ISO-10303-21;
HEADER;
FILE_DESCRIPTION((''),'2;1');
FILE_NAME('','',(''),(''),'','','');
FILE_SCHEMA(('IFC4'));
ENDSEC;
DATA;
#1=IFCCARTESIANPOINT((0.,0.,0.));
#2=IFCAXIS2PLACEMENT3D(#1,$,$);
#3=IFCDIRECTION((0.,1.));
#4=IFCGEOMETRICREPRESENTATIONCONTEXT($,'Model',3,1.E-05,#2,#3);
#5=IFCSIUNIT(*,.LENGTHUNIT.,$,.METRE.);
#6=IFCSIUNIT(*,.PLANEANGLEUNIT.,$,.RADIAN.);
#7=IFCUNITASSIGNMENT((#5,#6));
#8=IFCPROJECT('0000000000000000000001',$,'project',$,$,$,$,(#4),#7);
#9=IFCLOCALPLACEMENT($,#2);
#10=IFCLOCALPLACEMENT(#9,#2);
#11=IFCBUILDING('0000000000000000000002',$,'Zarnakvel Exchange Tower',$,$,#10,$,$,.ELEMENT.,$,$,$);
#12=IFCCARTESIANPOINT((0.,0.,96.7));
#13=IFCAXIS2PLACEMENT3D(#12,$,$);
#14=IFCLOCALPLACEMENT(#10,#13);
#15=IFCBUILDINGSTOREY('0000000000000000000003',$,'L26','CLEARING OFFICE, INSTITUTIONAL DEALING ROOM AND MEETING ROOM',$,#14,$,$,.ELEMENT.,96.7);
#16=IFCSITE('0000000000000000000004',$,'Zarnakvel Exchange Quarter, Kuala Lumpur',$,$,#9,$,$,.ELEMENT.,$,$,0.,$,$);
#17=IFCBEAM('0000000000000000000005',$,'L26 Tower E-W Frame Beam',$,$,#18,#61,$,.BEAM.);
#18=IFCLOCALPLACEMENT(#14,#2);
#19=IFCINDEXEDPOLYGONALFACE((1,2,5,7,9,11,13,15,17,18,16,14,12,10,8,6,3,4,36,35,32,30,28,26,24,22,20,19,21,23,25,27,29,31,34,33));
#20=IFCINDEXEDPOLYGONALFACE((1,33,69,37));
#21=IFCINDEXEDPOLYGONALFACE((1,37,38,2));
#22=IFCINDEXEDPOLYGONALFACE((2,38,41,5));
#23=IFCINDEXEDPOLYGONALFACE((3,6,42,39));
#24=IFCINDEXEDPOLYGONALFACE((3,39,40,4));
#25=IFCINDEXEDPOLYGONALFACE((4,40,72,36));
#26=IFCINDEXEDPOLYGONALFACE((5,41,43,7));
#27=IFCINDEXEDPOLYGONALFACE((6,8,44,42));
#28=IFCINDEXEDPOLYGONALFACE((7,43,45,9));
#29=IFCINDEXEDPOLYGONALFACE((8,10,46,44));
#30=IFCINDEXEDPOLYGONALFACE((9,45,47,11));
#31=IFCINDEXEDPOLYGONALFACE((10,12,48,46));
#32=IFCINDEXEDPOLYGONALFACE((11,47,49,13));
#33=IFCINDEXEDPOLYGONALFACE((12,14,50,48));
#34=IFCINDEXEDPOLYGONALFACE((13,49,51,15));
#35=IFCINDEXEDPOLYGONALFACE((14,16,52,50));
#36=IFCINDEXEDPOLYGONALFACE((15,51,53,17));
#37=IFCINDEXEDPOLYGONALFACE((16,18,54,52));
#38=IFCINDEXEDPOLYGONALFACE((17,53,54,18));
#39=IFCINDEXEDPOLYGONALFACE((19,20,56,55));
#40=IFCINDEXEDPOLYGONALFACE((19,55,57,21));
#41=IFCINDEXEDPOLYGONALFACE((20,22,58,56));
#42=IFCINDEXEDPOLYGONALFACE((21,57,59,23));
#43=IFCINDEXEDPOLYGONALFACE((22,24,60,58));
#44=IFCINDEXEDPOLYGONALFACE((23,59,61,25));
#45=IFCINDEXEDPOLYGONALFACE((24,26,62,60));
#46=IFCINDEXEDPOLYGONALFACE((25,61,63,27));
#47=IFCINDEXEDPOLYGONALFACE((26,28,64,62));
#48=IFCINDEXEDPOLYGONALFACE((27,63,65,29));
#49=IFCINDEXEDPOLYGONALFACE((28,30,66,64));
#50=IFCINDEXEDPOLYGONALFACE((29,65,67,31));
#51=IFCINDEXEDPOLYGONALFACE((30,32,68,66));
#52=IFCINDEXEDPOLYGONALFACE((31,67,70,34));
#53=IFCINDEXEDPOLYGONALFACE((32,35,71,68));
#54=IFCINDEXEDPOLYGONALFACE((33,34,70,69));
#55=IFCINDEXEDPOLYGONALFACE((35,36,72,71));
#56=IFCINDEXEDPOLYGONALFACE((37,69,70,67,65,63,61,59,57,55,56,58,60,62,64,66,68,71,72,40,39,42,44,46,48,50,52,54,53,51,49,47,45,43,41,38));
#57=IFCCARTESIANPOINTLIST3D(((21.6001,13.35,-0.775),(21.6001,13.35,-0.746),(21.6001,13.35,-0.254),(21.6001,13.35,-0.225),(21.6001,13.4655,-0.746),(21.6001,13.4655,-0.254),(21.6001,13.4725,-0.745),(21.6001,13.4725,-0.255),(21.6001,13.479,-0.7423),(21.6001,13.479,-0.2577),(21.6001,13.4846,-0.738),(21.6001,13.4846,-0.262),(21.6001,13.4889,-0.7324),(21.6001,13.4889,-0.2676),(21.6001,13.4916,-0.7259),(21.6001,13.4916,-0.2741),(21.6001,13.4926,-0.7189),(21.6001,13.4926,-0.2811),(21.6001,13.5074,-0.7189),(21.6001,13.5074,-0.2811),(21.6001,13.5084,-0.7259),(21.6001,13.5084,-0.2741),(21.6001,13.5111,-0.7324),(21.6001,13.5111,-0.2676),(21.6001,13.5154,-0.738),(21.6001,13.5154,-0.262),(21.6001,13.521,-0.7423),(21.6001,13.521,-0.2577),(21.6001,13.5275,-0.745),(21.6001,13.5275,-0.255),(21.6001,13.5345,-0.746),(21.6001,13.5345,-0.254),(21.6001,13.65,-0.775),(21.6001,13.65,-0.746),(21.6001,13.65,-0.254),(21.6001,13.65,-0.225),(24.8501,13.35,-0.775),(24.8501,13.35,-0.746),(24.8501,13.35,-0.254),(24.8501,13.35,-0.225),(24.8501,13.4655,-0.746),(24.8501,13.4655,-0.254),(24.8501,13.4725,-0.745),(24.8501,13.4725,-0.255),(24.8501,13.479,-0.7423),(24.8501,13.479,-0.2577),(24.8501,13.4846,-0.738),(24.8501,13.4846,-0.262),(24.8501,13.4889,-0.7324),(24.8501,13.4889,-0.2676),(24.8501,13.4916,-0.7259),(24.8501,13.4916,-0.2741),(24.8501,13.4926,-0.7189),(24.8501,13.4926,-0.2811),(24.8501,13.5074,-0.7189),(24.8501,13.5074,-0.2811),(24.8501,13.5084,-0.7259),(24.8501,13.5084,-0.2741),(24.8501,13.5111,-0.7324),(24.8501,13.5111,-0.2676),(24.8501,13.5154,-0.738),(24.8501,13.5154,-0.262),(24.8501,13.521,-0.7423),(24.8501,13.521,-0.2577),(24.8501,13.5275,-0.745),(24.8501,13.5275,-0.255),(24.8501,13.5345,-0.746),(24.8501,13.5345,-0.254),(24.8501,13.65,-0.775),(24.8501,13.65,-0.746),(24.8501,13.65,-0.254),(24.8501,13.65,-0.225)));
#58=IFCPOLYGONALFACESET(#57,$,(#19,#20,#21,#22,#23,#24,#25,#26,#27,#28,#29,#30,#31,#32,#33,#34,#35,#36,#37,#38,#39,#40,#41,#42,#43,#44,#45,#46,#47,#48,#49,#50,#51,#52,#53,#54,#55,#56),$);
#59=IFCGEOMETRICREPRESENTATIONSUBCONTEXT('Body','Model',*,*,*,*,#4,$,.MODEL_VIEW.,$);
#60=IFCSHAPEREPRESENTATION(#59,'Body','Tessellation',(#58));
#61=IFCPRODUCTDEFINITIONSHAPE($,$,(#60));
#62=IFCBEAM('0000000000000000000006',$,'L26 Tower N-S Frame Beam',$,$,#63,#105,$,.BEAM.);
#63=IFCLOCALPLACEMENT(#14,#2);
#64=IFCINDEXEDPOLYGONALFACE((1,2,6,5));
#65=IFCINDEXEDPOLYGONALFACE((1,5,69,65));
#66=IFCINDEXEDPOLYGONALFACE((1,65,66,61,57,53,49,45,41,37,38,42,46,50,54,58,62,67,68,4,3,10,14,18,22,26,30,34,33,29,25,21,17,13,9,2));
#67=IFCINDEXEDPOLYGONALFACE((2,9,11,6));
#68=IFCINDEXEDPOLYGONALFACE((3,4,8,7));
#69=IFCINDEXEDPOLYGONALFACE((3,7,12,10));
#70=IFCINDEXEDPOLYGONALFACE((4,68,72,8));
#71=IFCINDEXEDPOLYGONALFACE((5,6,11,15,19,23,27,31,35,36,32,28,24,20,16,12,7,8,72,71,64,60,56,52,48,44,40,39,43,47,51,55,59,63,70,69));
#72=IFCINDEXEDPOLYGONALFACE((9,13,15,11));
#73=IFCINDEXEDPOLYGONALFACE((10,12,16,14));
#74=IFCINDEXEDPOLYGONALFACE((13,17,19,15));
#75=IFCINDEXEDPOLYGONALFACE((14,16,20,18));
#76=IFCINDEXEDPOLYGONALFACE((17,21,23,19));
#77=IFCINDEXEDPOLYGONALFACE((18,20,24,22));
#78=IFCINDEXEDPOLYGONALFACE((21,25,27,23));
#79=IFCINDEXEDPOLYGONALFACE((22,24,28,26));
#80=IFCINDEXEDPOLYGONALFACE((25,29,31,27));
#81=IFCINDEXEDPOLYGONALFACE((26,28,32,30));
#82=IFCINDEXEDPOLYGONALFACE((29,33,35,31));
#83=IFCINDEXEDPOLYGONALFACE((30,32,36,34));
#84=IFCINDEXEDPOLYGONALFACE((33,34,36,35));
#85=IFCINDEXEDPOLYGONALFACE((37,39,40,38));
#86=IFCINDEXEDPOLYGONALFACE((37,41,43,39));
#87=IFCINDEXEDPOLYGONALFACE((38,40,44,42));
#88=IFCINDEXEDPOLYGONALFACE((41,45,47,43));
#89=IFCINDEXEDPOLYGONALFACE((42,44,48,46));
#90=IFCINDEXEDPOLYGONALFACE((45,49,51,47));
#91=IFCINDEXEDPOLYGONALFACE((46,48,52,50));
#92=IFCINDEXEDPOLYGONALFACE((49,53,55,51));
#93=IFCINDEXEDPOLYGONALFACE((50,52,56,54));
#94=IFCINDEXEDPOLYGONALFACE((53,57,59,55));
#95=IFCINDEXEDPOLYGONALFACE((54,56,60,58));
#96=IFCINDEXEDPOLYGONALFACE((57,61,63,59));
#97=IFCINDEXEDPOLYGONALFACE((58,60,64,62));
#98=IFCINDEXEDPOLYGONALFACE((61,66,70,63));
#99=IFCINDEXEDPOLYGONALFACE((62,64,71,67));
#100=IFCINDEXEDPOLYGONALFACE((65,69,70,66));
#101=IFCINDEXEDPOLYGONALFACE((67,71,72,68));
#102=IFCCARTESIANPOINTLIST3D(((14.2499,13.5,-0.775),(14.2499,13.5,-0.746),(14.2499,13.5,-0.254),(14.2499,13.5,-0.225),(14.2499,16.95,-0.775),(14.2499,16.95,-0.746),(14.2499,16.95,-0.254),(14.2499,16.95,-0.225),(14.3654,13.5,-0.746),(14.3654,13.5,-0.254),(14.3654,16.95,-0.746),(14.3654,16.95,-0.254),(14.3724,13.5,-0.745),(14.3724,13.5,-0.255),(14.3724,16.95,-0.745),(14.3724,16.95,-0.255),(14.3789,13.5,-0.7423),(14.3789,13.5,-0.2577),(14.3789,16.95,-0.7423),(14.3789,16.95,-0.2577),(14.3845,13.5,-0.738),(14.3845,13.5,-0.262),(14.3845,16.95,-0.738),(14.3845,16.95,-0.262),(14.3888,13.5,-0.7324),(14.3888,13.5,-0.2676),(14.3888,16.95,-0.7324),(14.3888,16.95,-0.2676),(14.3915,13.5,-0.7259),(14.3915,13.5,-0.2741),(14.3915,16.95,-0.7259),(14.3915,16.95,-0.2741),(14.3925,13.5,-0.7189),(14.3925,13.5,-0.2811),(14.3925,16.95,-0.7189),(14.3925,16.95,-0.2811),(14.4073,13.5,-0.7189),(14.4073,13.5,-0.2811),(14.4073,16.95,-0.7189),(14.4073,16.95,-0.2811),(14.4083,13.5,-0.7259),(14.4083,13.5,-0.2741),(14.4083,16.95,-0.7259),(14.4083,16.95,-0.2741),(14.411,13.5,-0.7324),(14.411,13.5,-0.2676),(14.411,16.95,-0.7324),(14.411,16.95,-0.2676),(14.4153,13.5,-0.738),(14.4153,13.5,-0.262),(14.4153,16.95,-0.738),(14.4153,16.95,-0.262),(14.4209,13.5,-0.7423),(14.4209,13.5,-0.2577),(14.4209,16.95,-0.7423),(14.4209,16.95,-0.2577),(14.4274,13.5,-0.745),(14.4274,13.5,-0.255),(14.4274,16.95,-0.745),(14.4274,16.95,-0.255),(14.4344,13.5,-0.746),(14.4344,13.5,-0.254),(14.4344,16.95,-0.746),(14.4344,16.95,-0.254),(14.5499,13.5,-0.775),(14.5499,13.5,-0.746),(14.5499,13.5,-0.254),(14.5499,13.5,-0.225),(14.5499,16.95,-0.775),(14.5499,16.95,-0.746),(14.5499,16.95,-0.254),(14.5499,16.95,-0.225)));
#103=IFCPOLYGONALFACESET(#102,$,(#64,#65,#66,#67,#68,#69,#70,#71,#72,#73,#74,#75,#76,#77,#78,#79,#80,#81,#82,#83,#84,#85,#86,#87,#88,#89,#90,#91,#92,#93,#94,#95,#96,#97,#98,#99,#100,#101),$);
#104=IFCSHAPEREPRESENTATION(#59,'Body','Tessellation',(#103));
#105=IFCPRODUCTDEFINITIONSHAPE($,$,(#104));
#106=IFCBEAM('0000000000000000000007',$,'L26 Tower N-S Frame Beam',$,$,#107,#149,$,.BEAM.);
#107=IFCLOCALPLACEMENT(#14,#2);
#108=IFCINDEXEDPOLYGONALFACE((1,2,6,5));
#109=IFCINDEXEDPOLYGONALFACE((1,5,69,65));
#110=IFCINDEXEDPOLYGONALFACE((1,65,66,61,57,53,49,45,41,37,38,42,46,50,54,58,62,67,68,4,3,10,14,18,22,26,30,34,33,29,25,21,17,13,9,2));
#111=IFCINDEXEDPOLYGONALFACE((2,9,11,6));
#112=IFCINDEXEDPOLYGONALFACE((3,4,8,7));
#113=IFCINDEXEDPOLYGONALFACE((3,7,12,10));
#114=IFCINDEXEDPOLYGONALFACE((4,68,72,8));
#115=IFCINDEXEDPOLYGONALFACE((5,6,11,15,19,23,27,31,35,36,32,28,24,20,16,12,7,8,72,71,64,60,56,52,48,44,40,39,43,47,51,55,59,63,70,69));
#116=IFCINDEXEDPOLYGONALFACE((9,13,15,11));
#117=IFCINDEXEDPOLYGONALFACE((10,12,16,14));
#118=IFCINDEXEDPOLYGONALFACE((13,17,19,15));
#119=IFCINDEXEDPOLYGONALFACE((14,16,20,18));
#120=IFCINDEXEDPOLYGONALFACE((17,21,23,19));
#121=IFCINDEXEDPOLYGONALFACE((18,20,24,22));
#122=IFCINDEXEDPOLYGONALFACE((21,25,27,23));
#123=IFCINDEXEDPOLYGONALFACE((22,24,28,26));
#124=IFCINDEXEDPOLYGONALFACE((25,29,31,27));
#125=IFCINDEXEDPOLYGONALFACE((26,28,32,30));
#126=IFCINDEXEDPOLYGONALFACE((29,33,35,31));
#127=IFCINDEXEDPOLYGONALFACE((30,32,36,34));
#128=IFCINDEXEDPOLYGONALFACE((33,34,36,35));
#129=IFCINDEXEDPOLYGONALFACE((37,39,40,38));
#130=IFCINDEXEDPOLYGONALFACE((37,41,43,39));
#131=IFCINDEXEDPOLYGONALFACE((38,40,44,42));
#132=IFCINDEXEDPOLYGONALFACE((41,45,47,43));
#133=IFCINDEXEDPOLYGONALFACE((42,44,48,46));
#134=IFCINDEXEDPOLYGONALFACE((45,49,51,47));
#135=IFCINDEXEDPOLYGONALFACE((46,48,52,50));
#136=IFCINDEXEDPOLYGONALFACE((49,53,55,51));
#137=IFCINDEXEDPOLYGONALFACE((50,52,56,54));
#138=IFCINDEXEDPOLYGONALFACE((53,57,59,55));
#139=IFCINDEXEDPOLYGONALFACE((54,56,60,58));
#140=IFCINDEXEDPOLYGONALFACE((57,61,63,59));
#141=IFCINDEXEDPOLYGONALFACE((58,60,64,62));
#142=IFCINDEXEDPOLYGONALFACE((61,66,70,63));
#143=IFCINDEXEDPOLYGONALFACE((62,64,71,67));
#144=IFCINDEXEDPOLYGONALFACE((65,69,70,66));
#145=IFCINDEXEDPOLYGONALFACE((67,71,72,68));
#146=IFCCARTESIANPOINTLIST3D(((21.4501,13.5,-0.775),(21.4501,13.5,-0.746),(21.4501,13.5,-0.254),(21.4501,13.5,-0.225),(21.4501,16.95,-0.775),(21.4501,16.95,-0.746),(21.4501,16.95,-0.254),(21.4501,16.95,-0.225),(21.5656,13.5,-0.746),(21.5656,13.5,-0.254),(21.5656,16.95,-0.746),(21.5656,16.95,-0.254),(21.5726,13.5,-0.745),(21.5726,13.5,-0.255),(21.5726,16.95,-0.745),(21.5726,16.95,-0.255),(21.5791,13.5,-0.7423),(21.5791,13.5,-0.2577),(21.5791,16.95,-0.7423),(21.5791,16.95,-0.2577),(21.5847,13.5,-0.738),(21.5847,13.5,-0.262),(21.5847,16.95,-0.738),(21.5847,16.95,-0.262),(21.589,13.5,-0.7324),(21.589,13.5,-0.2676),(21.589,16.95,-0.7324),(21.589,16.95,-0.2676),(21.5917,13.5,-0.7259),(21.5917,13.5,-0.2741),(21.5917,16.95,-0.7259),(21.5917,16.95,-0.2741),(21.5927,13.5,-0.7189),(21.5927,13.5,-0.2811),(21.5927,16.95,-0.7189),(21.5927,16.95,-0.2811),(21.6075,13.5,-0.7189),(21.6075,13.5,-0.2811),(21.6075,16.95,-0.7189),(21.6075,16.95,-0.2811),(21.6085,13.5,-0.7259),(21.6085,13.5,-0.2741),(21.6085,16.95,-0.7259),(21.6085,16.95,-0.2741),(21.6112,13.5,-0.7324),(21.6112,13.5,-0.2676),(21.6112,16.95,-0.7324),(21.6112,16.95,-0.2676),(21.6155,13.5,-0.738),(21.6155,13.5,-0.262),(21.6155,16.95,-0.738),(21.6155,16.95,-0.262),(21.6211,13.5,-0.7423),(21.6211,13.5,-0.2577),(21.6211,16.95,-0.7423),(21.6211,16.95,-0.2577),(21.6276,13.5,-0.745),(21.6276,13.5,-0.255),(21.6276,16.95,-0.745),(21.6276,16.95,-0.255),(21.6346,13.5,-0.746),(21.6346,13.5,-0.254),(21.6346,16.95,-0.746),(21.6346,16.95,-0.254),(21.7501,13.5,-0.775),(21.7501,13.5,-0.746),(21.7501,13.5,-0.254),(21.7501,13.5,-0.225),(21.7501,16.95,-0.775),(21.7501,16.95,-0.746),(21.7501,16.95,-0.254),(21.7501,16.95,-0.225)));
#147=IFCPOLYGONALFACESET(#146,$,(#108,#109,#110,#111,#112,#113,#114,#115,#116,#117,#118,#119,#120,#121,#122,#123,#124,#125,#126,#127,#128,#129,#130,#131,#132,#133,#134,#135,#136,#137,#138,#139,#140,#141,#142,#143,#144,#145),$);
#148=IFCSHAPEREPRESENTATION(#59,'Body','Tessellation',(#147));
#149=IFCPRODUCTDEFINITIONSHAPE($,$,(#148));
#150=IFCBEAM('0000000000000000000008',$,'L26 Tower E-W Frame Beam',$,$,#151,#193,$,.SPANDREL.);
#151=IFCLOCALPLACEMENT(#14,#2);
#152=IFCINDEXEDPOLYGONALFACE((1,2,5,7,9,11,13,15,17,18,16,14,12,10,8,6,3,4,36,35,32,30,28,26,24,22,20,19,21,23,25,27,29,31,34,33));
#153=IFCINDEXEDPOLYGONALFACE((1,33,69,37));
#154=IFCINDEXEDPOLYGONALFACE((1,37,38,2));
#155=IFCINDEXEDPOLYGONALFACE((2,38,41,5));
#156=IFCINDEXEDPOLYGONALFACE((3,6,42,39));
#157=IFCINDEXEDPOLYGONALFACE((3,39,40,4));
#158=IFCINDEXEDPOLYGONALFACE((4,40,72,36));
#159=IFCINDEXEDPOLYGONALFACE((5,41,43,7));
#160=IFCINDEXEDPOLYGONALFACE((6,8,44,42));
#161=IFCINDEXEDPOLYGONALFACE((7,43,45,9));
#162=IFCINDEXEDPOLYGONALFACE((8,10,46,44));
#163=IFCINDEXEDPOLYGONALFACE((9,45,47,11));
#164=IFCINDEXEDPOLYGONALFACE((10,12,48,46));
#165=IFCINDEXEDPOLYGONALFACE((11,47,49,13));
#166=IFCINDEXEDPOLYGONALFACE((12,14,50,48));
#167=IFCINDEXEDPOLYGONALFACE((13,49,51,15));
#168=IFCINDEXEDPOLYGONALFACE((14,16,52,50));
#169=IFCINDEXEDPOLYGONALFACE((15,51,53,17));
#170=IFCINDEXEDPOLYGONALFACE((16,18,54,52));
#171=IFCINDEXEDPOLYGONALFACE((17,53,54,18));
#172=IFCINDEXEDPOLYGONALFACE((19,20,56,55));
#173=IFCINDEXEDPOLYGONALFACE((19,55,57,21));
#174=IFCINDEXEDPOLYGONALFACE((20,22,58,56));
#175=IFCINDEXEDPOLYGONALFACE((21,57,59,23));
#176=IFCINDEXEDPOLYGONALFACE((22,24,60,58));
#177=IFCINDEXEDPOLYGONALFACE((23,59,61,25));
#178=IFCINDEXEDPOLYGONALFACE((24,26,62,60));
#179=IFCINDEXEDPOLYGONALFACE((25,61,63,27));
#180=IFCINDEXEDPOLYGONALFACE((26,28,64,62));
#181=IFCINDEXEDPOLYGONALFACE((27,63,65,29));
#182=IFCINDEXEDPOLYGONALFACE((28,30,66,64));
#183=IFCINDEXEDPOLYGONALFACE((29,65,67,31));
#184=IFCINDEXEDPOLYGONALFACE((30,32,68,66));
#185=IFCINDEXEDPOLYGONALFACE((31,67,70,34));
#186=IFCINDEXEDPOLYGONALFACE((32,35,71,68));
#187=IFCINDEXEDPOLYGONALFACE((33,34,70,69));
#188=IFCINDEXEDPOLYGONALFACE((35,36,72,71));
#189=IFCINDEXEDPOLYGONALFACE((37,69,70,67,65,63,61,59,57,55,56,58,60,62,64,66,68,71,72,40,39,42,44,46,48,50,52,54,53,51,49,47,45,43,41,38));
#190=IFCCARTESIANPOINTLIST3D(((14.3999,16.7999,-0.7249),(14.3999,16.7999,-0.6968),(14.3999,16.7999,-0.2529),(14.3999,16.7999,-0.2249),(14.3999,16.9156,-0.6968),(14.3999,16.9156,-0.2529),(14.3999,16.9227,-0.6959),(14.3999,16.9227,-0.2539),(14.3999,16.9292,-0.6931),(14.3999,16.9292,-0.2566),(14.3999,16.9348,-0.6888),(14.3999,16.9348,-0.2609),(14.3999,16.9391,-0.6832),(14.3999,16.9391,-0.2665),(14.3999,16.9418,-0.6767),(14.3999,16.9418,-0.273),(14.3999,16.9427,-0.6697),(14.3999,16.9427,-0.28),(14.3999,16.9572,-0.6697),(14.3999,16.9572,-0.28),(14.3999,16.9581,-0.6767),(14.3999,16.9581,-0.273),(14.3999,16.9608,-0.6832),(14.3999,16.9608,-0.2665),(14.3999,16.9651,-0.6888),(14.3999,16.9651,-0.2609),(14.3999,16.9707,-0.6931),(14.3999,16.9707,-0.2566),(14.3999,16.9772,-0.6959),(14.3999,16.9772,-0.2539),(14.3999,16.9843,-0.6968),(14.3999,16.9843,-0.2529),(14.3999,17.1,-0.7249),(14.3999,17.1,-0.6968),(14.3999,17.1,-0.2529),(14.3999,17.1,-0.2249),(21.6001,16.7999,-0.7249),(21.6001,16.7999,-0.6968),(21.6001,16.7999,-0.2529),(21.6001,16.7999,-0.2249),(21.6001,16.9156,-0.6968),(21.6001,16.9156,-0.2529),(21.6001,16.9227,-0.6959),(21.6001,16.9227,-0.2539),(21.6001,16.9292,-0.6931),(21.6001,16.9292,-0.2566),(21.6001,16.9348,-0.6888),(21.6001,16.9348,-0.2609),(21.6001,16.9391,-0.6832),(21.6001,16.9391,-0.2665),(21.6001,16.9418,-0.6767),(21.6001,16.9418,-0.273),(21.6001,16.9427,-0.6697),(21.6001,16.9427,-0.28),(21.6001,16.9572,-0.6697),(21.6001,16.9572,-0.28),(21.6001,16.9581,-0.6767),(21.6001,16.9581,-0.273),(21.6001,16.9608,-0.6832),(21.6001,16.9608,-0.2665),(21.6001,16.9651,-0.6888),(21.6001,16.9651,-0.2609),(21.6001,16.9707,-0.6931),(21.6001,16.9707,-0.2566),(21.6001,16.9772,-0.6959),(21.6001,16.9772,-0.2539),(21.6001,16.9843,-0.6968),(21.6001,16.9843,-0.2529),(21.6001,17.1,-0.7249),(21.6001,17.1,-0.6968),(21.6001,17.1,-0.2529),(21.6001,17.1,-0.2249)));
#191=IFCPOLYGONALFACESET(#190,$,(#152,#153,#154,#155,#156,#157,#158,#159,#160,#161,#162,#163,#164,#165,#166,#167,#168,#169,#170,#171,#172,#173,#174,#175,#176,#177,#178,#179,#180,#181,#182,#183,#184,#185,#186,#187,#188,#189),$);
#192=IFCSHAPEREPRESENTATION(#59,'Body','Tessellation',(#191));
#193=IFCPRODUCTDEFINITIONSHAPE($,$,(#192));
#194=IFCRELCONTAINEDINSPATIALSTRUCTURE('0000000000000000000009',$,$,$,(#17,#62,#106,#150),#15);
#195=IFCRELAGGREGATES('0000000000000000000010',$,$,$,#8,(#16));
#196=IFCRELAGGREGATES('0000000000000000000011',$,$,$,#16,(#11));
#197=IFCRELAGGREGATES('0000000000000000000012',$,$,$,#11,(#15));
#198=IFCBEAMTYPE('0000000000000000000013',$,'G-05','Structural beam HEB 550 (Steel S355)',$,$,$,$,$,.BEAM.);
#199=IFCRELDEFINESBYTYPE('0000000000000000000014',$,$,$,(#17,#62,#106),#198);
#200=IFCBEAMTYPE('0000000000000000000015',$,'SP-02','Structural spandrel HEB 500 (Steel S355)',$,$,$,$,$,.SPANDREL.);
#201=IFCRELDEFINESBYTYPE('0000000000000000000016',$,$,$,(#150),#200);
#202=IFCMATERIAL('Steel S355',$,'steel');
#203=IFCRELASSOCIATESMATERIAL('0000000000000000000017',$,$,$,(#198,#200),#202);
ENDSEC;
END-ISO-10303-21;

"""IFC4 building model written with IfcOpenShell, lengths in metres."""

from ifc_helpers import new_model, si_unit, direction, frame, origin, origin_2d, place, context, subcontext, project, spatial, i_section, extrude, material, material_profile, profile_set, type_object, element, save


model = new_model("IFC4")

# Units and contexts
model_context = context("Model", 3, precision=1e-05, world=origin(), true_north=direction((0.0, 1.0)))
body_context = subcontext(model_context, "Body", "Model", "MODEL_VIEW")
ifc_project = project(units=[si_unit("LENGTHUNIT", "METRE"), si_unit("PLANEANGLEUNIT", "RADIAN")], contexts=[model_context])

# Site, building, storey
site_placement = place(None, origin())
site = spatial("IfcSite", under=ifc_project, at=site_placement, Name="Zarnakvel Exchange Quarter, Kuala Lumpur", CompositionType="ELEMENT", RefElevation=0.0)
building_placement = place(site_placement, origin())
building = spatial("IfcBuilding", under=site, at=building_placement, Name="Zarnakvel Exchange Tower", CompositionType="ELEMENT")
storey_placement = place(building_placement, frame((0.0, 0.0, 96.7)))
storey = spatial("IfcBuildingStorey", under=building, at=storey_placement, Name="L26", Description="CLEARING OFFICE, INSTITUTIONAL DEALING ROOM AND MEETING ROOM", CompositionType="ELEMENT", Elevation=96.7)

# Shared definitions
ifc_material_1 = material(Name="Steel S355", Category="steel")

# Beams
ifc_material_profile_1 = material_profile(ifc_material_1, i_section(OverallWidth=0.3, OverallDepth=0.55, WebThickness=0.0149, FlangeThickness=0.0291, FilletRadius=0.0271, at=origin_2d()))
ifc_profile_set_1 = profile_set([ifc_material_profile_1], Name="Steel S355")
beam_type_1 = type_object("IfcBeamType", Name="G-05", Description="Structural beam HEB 550 (Steel S355)", PredefinedType="BEAM", material=ifc_profile_set_1)
beam_1_placement = place(storey_placement, frame((21.6001, 13.5, -0.5), z_axis=(1.0, 0.0, 0.0), x_axis=(0.0, 1.0, 0.0)))
element("IfcBeam", 1, at=beam_1_placement, inside=storey, type_object=beam_type_1, Name="L26 Tower E-W Frame Beam", PredefinedType="BEAM", context=body_context, shape_type="SweptSolid", body=[
    extrude(i_section(OverallWidth=0.3, OverallDepth=0.55, WebThickness=0.0149, FlangeThickness=0.0291, FilletRadius=0.0271, at=origin_2d()), origin(), (0.0, 0.0, 1.0), 3.25),
])
for number, where, z_axis, x_axis, name in (
    (2, (14.3999, 13.5, -0.5), (0.0, 1.0, 0.0), (-1.0, 0.0, 0.0), "L26 Tower N-S Frame Beam"),
    (3, (21.6001, 13.5, -0.5), (0.0, 1.0, 0.0), (-1.0, 0.0, 0.0), "L26 Tower N-S Frame Beam"),
):
    element("IfcBeam", number, at=place(storey_placement, frame(where, z_axis=z_axis, x_axis=x_axis)), inside=storey, type_object=beam_type_1, Name=name, PredefinedType="BEAM", context=body_context, shape_type="SweptSolid", body=[
        extrude(i_section(OverallWidth=0.3, OverallDepth=0.55, WebThickness=0.0149, FlangeThickness=0.0291, FilletRadius=0.0271, at=origin_2d()), origin(), (0.0, 0.0, 1.0), 3.45),
    ])
ifc_material_profile_2 = material_profile(ifc_material_1, i_section(OverallWidth=0.3, OverallDepth=0.5, WebThickness=0.0144, FlangeThickness=0.0281, FilletRadius=0.0271, at=origin_2d()))
ifc_profile_set_2 = profile_set([ifc_material_profile_2], Name="Steel S355")
beam_type_2 = type_object("IfcBeamType", Name="SP-02", Description="Structural spandrel HEB 500 (Steel S355)", PredefinedType="SPANDREL", material=ifc_profile_set_2)
beam_2_placement = place(storey_placement, frame((14.3999, 16.95, -0.4749), z_axis=(1.0, 0.0, 0.0), x_axis=(0.0, 1.0, 0.0)))
element("IfcBeam", 4, at=beam_2_placement, inside=storey, type_object=beam_type_2, Name="L26 Tower E-W Frame Beam", PredefinedType="SPANDREL", context=body_context, shape_type="SweptSolid", body=[
    extrude(i_section(OverallWidth=0.3, OverallDepth=0.5, WebThickness=0.0144, FlangeThickness=0.0281, FilletRadius=0.0271, at=origin_2d()), origin(), (0.0, 0.0, 1.0), 7.2002),
])

save(model, "model.ifc")
